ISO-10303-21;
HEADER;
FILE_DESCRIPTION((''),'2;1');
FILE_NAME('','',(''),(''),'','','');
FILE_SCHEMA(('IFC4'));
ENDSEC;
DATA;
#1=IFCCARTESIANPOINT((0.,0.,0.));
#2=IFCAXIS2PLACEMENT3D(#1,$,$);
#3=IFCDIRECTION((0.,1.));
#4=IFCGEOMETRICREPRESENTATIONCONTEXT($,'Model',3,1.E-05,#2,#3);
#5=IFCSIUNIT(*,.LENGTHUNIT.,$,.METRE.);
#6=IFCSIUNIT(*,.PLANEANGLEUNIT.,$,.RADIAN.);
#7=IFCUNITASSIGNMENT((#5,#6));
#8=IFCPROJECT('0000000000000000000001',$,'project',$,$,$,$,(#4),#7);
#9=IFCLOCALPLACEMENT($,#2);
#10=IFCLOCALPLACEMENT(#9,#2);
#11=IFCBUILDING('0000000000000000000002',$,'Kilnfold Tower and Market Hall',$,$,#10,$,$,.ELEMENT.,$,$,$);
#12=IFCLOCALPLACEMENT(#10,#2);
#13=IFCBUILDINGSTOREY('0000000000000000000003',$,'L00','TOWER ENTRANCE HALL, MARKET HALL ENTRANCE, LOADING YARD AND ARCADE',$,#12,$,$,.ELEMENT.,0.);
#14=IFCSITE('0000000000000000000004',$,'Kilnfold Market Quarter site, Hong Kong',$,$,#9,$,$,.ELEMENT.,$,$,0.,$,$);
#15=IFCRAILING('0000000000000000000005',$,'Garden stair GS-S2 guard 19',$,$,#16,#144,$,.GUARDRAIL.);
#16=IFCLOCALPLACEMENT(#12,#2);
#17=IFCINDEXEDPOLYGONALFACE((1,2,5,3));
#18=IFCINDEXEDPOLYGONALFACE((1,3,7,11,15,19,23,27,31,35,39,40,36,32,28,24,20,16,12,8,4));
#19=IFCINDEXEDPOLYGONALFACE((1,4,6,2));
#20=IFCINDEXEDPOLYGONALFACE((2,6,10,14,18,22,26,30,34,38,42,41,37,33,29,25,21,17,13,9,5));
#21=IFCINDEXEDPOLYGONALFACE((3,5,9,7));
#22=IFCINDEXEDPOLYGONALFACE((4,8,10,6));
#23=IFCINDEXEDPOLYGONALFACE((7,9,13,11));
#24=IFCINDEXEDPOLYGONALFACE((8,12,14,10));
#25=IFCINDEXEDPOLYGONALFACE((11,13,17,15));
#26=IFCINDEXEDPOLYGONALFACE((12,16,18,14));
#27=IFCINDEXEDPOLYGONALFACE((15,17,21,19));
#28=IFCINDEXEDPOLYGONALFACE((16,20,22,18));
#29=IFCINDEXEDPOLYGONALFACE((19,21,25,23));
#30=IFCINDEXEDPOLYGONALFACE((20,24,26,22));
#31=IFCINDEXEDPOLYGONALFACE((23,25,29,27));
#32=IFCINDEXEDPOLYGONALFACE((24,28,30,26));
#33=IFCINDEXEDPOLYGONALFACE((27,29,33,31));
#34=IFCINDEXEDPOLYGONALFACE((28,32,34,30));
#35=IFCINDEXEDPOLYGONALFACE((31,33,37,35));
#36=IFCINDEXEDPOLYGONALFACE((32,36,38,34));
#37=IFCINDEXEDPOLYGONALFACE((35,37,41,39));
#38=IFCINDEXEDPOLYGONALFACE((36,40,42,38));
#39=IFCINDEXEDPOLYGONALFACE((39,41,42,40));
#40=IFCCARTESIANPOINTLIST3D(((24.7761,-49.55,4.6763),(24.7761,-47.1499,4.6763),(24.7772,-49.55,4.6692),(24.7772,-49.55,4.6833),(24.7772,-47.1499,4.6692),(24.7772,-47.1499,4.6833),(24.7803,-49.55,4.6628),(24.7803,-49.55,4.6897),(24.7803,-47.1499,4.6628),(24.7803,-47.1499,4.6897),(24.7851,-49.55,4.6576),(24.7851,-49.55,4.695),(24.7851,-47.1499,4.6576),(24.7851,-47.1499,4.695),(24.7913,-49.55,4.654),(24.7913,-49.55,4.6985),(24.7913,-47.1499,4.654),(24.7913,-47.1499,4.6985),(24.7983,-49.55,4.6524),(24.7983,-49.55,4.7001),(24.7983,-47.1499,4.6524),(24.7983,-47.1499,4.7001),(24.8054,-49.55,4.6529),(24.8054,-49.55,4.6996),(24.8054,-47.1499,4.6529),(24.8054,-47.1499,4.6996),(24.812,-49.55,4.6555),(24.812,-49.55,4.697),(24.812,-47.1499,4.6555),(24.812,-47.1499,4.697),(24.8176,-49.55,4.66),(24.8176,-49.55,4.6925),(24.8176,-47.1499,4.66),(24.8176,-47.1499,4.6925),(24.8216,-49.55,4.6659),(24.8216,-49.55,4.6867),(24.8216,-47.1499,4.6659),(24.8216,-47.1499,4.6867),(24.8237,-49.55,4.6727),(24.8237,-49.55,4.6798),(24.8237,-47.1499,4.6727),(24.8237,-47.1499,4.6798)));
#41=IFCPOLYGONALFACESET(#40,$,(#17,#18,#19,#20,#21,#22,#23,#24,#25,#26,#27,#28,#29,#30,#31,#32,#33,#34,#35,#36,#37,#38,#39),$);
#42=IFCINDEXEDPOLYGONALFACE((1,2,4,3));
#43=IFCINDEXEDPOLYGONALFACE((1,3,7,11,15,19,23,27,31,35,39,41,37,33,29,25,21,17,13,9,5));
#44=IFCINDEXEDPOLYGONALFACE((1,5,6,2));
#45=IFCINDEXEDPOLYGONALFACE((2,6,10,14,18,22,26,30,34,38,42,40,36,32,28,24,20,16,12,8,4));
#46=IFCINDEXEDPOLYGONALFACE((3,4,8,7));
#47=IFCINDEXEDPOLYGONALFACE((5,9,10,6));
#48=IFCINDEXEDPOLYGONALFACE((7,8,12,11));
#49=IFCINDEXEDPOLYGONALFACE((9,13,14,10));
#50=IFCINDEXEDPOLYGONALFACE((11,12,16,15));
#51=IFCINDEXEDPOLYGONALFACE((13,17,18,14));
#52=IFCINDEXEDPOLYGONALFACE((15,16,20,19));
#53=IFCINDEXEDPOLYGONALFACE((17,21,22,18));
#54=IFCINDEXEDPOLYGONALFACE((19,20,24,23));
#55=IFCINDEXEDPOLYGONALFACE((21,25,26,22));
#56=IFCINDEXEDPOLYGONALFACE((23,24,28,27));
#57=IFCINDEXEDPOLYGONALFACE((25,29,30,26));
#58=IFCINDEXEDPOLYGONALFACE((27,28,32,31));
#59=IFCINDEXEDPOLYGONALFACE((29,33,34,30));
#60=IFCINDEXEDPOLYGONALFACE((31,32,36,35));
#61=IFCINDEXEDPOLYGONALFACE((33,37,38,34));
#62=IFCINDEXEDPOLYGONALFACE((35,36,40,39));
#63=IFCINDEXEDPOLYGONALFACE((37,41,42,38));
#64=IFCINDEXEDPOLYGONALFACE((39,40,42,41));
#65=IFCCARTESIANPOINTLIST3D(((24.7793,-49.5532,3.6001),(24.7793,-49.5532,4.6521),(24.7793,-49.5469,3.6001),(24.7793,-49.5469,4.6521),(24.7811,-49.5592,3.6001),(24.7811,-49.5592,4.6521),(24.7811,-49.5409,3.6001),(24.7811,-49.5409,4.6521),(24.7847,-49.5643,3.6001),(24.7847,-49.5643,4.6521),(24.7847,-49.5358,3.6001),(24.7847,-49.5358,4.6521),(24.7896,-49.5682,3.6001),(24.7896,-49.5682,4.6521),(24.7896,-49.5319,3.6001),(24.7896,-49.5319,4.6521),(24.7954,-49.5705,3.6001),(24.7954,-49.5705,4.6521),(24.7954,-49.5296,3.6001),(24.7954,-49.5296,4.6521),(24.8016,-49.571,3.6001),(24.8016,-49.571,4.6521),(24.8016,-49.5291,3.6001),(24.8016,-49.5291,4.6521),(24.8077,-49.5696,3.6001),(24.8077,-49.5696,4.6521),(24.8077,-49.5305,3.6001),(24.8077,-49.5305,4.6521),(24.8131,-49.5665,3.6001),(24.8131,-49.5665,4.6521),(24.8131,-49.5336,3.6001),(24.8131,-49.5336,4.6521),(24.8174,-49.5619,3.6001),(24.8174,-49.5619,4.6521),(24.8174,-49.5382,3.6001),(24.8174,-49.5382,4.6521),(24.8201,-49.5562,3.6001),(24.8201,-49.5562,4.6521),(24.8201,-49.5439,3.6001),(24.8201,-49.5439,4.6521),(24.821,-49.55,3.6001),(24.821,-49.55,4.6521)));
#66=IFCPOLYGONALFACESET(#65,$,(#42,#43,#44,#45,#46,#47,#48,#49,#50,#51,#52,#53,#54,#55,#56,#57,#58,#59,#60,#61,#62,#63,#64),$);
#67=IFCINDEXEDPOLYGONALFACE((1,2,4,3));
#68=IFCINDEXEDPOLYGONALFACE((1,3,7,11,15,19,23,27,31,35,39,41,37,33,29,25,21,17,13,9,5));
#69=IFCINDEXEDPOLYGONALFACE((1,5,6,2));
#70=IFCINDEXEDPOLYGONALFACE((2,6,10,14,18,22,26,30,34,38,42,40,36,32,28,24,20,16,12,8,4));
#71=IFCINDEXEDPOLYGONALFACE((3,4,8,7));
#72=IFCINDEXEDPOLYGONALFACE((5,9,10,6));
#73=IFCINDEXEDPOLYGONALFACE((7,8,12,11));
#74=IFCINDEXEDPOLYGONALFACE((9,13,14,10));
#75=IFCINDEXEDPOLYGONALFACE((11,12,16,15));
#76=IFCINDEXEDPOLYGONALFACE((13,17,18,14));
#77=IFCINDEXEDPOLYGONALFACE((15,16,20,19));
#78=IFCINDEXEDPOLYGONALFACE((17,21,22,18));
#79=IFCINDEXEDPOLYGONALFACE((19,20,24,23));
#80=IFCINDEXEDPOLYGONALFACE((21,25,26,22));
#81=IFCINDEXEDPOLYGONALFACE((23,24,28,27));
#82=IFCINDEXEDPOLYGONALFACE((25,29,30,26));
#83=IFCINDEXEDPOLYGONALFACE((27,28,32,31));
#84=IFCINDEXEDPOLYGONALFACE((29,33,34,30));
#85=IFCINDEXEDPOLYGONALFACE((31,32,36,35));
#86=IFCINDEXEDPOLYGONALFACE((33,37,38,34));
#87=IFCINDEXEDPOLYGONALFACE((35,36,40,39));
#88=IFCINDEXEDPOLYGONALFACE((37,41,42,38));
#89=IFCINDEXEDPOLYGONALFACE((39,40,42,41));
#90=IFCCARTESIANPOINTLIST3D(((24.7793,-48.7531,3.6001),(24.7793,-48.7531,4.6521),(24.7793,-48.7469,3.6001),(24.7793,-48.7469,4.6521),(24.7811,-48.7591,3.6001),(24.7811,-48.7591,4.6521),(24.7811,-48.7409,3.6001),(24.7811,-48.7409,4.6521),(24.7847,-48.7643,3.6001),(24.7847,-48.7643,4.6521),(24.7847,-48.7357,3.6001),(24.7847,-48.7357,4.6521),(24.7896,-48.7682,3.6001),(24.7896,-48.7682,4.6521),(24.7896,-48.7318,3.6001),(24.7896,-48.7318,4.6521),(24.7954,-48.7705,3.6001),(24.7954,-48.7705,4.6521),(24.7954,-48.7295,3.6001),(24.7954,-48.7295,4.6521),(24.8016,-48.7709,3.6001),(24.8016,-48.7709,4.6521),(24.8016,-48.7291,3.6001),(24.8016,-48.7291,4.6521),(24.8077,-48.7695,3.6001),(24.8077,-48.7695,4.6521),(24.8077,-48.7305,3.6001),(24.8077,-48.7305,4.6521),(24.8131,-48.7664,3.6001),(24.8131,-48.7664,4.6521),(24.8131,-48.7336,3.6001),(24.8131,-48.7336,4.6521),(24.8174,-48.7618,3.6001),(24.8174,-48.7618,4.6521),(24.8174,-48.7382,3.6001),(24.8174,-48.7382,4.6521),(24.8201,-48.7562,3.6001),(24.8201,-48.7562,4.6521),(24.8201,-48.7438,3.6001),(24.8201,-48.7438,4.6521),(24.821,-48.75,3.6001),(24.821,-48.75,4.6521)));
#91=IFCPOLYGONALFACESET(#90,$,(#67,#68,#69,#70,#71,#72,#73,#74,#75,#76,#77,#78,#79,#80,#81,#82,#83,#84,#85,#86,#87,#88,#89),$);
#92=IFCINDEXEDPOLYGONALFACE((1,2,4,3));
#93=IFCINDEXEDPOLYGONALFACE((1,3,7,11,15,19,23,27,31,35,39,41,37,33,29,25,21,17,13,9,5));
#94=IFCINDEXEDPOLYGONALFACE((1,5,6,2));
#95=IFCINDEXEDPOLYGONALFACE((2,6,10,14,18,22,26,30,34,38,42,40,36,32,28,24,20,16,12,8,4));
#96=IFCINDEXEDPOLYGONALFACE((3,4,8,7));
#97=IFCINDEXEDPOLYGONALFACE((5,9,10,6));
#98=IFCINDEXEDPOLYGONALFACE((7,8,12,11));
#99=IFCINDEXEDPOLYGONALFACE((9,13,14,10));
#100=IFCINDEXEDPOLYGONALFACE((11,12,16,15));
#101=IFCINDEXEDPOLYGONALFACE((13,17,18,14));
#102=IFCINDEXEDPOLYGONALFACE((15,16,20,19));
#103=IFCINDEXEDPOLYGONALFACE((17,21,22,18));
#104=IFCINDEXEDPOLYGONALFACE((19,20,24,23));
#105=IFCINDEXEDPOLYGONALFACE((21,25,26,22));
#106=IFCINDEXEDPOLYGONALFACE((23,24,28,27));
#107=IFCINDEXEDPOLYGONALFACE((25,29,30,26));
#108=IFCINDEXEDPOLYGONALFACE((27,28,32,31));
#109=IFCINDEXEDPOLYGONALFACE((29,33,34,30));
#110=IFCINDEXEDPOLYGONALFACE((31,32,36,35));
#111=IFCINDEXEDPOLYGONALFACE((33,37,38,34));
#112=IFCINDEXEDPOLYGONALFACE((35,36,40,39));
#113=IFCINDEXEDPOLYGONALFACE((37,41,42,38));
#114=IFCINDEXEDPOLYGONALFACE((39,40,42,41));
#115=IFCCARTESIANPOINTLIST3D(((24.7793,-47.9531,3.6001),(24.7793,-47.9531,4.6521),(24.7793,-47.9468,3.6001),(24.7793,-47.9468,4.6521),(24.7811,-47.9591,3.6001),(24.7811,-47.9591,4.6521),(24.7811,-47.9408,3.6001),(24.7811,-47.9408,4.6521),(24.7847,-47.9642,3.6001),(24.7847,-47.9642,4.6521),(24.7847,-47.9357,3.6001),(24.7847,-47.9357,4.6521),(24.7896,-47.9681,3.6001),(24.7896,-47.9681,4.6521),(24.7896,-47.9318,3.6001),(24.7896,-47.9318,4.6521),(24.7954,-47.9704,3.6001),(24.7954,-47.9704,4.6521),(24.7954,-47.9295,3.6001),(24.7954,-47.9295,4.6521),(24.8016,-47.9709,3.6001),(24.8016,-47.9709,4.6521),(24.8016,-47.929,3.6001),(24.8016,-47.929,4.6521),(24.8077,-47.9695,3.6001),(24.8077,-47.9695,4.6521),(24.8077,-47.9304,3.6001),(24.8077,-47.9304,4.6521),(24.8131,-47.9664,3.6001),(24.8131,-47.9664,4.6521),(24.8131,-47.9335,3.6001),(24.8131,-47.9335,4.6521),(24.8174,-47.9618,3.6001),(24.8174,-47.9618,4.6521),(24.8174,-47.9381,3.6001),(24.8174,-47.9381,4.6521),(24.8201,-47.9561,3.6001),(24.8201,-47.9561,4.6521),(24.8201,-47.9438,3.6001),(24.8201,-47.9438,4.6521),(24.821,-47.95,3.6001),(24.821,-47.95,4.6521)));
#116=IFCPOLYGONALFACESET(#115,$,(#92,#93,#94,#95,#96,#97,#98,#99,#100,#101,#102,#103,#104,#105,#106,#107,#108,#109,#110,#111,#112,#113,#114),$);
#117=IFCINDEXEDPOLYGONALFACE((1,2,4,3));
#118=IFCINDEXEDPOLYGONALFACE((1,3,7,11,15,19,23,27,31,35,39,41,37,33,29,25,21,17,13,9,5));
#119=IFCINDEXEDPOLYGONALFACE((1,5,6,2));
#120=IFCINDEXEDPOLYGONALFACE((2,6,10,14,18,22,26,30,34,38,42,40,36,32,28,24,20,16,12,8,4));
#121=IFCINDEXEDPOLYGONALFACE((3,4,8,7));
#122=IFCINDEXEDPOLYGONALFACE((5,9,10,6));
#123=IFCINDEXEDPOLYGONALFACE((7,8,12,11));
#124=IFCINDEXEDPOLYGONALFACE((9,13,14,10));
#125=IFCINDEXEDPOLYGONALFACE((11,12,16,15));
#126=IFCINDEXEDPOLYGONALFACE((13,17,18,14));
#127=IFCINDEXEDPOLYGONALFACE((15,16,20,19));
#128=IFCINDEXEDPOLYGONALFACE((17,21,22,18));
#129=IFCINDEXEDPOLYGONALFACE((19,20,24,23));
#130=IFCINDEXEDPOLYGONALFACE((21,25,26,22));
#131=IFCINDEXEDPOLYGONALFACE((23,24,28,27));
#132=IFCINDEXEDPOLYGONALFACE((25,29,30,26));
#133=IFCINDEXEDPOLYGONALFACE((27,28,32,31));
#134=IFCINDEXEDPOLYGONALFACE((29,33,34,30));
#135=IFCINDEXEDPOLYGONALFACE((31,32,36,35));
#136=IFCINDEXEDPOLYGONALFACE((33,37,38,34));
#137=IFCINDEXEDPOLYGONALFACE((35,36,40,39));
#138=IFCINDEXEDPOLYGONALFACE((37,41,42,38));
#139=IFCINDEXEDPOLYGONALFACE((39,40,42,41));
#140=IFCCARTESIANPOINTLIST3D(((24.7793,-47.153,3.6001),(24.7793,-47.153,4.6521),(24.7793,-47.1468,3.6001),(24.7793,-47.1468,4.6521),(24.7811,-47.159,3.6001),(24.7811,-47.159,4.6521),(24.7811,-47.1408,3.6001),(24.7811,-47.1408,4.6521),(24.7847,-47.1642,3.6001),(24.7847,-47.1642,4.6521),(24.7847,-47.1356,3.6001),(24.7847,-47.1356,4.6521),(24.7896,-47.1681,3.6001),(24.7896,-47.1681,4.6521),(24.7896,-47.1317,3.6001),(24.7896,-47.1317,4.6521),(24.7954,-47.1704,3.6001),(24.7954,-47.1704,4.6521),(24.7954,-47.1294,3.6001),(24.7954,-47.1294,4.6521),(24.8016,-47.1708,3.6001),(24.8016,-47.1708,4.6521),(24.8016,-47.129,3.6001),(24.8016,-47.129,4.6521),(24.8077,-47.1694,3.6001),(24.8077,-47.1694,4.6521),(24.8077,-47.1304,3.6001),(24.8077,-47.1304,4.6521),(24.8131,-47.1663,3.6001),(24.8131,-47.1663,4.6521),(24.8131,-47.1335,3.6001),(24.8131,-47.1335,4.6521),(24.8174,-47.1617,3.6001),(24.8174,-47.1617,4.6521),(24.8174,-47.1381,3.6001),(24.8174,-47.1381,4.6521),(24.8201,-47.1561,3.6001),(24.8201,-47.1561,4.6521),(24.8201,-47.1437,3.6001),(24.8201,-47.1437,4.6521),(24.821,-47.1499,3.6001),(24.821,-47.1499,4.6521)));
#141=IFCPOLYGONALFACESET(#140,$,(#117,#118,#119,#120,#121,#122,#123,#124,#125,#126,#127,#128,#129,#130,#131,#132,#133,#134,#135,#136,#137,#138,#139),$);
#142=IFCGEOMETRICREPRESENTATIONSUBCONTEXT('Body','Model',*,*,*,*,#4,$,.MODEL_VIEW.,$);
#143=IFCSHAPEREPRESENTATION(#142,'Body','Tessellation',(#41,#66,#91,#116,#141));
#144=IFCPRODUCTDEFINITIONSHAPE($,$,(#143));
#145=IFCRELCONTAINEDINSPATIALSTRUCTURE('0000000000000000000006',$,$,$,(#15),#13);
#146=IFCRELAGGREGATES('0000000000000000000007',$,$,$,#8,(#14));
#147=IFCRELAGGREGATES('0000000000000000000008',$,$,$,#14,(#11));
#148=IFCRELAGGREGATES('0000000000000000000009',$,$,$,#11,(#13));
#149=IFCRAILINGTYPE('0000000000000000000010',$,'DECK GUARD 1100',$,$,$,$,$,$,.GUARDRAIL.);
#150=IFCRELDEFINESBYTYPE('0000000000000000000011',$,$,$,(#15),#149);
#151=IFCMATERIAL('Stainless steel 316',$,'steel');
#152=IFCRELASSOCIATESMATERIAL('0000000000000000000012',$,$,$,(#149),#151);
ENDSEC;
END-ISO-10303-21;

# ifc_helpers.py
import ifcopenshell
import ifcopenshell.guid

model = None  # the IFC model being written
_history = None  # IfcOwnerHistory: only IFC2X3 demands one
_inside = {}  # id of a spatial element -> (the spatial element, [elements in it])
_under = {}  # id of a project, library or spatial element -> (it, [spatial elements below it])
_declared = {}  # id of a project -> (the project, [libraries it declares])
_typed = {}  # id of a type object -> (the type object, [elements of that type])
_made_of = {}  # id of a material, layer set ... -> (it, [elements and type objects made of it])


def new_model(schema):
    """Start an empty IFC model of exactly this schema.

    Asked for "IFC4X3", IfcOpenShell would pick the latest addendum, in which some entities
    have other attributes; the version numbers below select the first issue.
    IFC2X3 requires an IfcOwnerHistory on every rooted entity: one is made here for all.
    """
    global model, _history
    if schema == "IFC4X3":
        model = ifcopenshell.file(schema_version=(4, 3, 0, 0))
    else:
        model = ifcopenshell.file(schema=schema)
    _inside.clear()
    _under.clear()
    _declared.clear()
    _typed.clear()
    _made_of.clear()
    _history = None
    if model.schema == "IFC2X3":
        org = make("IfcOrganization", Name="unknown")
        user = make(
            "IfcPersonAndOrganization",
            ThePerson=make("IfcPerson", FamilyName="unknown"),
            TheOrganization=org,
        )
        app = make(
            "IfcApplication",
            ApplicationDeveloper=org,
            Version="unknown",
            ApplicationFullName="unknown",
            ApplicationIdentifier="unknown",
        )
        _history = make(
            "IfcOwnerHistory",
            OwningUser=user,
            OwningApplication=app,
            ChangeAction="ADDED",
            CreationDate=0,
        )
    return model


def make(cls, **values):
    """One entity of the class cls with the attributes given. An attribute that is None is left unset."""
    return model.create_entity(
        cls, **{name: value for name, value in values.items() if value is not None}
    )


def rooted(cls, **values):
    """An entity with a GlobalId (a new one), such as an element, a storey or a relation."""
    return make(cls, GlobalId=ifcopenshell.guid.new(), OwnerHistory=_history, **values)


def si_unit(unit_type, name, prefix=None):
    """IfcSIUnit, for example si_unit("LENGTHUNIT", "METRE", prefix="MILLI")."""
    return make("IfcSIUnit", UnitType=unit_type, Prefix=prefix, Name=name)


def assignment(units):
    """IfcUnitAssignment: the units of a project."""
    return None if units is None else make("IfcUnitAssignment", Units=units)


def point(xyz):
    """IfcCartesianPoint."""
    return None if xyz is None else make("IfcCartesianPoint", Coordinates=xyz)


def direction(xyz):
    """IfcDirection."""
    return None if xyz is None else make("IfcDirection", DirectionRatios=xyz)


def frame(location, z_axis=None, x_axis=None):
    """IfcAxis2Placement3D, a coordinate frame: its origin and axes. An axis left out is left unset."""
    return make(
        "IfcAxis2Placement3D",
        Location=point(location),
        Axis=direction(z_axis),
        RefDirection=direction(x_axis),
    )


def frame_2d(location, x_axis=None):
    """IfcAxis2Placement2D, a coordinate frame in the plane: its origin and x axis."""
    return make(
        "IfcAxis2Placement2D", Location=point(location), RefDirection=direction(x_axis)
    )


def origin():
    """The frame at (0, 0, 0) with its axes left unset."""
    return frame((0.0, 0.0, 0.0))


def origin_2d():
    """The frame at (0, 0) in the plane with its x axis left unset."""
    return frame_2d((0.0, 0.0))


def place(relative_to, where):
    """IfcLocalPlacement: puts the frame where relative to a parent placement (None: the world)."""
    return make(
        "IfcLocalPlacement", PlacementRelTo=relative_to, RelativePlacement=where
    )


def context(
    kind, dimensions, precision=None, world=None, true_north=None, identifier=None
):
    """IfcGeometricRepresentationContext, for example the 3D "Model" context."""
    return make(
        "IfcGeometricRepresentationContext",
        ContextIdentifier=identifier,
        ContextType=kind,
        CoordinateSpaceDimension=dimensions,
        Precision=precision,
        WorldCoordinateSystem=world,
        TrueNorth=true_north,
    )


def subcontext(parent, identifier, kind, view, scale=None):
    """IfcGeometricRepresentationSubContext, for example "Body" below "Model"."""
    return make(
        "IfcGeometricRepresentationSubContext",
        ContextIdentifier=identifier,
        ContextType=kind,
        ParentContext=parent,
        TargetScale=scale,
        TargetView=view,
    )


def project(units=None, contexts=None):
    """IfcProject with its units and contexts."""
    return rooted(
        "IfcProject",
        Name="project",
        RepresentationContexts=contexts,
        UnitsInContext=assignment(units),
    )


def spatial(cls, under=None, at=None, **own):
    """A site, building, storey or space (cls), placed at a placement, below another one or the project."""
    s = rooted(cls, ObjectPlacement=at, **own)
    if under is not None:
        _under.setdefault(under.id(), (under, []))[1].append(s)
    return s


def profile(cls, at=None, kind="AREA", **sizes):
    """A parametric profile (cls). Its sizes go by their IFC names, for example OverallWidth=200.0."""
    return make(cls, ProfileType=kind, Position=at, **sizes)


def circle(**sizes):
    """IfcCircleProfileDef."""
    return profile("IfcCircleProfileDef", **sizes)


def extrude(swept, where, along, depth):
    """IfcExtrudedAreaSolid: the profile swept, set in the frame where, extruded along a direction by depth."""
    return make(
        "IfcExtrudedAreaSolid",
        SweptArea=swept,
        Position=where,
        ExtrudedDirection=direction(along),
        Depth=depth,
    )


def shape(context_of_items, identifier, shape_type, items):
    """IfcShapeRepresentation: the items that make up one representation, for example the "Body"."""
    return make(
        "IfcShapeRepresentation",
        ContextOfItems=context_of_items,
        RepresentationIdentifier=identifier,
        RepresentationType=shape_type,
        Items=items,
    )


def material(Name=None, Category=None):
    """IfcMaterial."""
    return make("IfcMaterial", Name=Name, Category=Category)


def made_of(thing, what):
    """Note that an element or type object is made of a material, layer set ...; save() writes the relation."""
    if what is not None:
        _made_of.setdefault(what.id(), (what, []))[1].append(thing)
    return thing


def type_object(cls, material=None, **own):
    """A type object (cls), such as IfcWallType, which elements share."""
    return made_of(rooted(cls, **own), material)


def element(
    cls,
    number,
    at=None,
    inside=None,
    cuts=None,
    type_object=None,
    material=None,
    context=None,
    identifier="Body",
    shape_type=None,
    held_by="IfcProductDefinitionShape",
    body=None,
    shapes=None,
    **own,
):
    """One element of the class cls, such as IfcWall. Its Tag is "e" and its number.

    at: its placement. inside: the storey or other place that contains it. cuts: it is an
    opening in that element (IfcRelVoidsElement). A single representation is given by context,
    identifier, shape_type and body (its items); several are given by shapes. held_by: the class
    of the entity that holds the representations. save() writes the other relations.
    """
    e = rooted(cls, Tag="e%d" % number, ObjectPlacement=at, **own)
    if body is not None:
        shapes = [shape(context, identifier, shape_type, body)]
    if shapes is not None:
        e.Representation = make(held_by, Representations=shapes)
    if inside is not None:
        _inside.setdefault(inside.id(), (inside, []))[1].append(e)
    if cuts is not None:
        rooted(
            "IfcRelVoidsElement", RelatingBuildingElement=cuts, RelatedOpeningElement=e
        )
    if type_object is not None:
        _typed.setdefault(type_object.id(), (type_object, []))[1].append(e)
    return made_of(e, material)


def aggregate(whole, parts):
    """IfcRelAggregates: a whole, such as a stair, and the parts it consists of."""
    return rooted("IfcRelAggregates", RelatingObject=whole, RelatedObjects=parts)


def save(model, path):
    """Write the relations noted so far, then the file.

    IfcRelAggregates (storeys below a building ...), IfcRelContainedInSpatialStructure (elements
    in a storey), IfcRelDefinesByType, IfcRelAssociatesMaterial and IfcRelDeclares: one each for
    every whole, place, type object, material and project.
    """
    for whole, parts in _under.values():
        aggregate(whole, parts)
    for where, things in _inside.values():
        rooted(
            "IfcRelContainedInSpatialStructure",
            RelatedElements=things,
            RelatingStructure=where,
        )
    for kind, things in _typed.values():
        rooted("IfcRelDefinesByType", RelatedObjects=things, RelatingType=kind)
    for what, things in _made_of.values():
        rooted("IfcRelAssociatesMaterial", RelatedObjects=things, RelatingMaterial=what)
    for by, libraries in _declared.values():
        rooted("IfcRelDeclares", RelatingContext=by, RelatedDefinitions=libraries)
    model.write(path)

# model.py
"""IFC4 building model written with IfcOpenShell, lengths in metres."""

from ifc_helpers import new_model, si_unit, direction, frame, origin, origin_2d, place, context, subcontext, project, spatial, circle, extrude, material, type_object, element, save


model = new_model("IFC4")

# Units and contexts
model_context = context("Model", 3, precision=1e-05, world=origin(), true_north=direction((0.0, 1.0)))
body_context = subcontext(model_context, "Body", "Model", "MODEL_VIEW")
ifc_project = project(units=[si_unit("LENGTHUNIT", "METRE"), si_unit("PLANEANGLEUNIT", "RADIAN")], contexts=[model_context])

# Site, building, storey
site_placement = place(None, origin())
site = spatial("IfcSite", under=ifc_project, at=site_placement, Name="Kilnfold Market Quarter site, Hong Kong", CompositionType="ELEMENT", RefElevation=0.0)
building_placement = place(site_placement, origin())
building = spatial("IfcBuilding", under=site, at=building_placement, Name="Kilnfold Tower and Market Hall", CompositionType="ELEMENT")
storey_placement = place(building_placement, origin())
storey = spatial("IfcBuildingStorey", under=building, at=storey_placement, Name="L00", Description="TOWER ENTRANCE HALL, MARKET HALL ENTRANCE, LOADING YARD AND ARCADE", CompositionType="ELEMENT", Elevation=0.0)

# Railing
ifc_material_1 = material(Name="Stainless steel 316", Category="steel")
railing_type_1 = type_object("IfcRailingType", Name="DECK GUARD 1100", PredefinedType="GUARDRAIL", material=ifc_material_1)
for number, where, name in (
    (1, (24.8, -49.55, 3.6001), "Garden stair GS-S2 guard 19"),
):
    element("IfcRailing", number, at=place(storey_placement, frame(where)), inside=storey, type_object=railing_type_1, Name=name, PredefinedType="GUARDRAIL", context=body_context, shape_type="SweptSolid", body=[
        extrude(circle(Radius=0.0239, at=origin_2d()), frame((0.0, 0.0, 1.0762), z_axis=(0.0, 1.0, 0.0), x_axis=(-1.0, 0.0, 0.0)), (0.0, 0.0, 1.0), 2.4001),
        extrude(circle(Radius=0.021, at=origin_2d()), origin(), (0.0, 0.0, 1.0), 1.052),
        extrude(circle(Radius=0.021, at=origin_2d()), frame((0.0, 0.8, 0.0)), (0.0, 0.0, 1.0), 1.052),
        extrude(circle(Radius=0.021, at=origin_2d()), frame((0.0, 1.6001, 0.0)), (0.0, 0.0, 1.0), 1.052),
        extrude(circle(Radius=0.021, at=origin_2d()), frame((0.0, 2.4001, 0.0)), (0.0, 0.0, 1.0), 1.052),
    ])

save(model, "model.ifc")
